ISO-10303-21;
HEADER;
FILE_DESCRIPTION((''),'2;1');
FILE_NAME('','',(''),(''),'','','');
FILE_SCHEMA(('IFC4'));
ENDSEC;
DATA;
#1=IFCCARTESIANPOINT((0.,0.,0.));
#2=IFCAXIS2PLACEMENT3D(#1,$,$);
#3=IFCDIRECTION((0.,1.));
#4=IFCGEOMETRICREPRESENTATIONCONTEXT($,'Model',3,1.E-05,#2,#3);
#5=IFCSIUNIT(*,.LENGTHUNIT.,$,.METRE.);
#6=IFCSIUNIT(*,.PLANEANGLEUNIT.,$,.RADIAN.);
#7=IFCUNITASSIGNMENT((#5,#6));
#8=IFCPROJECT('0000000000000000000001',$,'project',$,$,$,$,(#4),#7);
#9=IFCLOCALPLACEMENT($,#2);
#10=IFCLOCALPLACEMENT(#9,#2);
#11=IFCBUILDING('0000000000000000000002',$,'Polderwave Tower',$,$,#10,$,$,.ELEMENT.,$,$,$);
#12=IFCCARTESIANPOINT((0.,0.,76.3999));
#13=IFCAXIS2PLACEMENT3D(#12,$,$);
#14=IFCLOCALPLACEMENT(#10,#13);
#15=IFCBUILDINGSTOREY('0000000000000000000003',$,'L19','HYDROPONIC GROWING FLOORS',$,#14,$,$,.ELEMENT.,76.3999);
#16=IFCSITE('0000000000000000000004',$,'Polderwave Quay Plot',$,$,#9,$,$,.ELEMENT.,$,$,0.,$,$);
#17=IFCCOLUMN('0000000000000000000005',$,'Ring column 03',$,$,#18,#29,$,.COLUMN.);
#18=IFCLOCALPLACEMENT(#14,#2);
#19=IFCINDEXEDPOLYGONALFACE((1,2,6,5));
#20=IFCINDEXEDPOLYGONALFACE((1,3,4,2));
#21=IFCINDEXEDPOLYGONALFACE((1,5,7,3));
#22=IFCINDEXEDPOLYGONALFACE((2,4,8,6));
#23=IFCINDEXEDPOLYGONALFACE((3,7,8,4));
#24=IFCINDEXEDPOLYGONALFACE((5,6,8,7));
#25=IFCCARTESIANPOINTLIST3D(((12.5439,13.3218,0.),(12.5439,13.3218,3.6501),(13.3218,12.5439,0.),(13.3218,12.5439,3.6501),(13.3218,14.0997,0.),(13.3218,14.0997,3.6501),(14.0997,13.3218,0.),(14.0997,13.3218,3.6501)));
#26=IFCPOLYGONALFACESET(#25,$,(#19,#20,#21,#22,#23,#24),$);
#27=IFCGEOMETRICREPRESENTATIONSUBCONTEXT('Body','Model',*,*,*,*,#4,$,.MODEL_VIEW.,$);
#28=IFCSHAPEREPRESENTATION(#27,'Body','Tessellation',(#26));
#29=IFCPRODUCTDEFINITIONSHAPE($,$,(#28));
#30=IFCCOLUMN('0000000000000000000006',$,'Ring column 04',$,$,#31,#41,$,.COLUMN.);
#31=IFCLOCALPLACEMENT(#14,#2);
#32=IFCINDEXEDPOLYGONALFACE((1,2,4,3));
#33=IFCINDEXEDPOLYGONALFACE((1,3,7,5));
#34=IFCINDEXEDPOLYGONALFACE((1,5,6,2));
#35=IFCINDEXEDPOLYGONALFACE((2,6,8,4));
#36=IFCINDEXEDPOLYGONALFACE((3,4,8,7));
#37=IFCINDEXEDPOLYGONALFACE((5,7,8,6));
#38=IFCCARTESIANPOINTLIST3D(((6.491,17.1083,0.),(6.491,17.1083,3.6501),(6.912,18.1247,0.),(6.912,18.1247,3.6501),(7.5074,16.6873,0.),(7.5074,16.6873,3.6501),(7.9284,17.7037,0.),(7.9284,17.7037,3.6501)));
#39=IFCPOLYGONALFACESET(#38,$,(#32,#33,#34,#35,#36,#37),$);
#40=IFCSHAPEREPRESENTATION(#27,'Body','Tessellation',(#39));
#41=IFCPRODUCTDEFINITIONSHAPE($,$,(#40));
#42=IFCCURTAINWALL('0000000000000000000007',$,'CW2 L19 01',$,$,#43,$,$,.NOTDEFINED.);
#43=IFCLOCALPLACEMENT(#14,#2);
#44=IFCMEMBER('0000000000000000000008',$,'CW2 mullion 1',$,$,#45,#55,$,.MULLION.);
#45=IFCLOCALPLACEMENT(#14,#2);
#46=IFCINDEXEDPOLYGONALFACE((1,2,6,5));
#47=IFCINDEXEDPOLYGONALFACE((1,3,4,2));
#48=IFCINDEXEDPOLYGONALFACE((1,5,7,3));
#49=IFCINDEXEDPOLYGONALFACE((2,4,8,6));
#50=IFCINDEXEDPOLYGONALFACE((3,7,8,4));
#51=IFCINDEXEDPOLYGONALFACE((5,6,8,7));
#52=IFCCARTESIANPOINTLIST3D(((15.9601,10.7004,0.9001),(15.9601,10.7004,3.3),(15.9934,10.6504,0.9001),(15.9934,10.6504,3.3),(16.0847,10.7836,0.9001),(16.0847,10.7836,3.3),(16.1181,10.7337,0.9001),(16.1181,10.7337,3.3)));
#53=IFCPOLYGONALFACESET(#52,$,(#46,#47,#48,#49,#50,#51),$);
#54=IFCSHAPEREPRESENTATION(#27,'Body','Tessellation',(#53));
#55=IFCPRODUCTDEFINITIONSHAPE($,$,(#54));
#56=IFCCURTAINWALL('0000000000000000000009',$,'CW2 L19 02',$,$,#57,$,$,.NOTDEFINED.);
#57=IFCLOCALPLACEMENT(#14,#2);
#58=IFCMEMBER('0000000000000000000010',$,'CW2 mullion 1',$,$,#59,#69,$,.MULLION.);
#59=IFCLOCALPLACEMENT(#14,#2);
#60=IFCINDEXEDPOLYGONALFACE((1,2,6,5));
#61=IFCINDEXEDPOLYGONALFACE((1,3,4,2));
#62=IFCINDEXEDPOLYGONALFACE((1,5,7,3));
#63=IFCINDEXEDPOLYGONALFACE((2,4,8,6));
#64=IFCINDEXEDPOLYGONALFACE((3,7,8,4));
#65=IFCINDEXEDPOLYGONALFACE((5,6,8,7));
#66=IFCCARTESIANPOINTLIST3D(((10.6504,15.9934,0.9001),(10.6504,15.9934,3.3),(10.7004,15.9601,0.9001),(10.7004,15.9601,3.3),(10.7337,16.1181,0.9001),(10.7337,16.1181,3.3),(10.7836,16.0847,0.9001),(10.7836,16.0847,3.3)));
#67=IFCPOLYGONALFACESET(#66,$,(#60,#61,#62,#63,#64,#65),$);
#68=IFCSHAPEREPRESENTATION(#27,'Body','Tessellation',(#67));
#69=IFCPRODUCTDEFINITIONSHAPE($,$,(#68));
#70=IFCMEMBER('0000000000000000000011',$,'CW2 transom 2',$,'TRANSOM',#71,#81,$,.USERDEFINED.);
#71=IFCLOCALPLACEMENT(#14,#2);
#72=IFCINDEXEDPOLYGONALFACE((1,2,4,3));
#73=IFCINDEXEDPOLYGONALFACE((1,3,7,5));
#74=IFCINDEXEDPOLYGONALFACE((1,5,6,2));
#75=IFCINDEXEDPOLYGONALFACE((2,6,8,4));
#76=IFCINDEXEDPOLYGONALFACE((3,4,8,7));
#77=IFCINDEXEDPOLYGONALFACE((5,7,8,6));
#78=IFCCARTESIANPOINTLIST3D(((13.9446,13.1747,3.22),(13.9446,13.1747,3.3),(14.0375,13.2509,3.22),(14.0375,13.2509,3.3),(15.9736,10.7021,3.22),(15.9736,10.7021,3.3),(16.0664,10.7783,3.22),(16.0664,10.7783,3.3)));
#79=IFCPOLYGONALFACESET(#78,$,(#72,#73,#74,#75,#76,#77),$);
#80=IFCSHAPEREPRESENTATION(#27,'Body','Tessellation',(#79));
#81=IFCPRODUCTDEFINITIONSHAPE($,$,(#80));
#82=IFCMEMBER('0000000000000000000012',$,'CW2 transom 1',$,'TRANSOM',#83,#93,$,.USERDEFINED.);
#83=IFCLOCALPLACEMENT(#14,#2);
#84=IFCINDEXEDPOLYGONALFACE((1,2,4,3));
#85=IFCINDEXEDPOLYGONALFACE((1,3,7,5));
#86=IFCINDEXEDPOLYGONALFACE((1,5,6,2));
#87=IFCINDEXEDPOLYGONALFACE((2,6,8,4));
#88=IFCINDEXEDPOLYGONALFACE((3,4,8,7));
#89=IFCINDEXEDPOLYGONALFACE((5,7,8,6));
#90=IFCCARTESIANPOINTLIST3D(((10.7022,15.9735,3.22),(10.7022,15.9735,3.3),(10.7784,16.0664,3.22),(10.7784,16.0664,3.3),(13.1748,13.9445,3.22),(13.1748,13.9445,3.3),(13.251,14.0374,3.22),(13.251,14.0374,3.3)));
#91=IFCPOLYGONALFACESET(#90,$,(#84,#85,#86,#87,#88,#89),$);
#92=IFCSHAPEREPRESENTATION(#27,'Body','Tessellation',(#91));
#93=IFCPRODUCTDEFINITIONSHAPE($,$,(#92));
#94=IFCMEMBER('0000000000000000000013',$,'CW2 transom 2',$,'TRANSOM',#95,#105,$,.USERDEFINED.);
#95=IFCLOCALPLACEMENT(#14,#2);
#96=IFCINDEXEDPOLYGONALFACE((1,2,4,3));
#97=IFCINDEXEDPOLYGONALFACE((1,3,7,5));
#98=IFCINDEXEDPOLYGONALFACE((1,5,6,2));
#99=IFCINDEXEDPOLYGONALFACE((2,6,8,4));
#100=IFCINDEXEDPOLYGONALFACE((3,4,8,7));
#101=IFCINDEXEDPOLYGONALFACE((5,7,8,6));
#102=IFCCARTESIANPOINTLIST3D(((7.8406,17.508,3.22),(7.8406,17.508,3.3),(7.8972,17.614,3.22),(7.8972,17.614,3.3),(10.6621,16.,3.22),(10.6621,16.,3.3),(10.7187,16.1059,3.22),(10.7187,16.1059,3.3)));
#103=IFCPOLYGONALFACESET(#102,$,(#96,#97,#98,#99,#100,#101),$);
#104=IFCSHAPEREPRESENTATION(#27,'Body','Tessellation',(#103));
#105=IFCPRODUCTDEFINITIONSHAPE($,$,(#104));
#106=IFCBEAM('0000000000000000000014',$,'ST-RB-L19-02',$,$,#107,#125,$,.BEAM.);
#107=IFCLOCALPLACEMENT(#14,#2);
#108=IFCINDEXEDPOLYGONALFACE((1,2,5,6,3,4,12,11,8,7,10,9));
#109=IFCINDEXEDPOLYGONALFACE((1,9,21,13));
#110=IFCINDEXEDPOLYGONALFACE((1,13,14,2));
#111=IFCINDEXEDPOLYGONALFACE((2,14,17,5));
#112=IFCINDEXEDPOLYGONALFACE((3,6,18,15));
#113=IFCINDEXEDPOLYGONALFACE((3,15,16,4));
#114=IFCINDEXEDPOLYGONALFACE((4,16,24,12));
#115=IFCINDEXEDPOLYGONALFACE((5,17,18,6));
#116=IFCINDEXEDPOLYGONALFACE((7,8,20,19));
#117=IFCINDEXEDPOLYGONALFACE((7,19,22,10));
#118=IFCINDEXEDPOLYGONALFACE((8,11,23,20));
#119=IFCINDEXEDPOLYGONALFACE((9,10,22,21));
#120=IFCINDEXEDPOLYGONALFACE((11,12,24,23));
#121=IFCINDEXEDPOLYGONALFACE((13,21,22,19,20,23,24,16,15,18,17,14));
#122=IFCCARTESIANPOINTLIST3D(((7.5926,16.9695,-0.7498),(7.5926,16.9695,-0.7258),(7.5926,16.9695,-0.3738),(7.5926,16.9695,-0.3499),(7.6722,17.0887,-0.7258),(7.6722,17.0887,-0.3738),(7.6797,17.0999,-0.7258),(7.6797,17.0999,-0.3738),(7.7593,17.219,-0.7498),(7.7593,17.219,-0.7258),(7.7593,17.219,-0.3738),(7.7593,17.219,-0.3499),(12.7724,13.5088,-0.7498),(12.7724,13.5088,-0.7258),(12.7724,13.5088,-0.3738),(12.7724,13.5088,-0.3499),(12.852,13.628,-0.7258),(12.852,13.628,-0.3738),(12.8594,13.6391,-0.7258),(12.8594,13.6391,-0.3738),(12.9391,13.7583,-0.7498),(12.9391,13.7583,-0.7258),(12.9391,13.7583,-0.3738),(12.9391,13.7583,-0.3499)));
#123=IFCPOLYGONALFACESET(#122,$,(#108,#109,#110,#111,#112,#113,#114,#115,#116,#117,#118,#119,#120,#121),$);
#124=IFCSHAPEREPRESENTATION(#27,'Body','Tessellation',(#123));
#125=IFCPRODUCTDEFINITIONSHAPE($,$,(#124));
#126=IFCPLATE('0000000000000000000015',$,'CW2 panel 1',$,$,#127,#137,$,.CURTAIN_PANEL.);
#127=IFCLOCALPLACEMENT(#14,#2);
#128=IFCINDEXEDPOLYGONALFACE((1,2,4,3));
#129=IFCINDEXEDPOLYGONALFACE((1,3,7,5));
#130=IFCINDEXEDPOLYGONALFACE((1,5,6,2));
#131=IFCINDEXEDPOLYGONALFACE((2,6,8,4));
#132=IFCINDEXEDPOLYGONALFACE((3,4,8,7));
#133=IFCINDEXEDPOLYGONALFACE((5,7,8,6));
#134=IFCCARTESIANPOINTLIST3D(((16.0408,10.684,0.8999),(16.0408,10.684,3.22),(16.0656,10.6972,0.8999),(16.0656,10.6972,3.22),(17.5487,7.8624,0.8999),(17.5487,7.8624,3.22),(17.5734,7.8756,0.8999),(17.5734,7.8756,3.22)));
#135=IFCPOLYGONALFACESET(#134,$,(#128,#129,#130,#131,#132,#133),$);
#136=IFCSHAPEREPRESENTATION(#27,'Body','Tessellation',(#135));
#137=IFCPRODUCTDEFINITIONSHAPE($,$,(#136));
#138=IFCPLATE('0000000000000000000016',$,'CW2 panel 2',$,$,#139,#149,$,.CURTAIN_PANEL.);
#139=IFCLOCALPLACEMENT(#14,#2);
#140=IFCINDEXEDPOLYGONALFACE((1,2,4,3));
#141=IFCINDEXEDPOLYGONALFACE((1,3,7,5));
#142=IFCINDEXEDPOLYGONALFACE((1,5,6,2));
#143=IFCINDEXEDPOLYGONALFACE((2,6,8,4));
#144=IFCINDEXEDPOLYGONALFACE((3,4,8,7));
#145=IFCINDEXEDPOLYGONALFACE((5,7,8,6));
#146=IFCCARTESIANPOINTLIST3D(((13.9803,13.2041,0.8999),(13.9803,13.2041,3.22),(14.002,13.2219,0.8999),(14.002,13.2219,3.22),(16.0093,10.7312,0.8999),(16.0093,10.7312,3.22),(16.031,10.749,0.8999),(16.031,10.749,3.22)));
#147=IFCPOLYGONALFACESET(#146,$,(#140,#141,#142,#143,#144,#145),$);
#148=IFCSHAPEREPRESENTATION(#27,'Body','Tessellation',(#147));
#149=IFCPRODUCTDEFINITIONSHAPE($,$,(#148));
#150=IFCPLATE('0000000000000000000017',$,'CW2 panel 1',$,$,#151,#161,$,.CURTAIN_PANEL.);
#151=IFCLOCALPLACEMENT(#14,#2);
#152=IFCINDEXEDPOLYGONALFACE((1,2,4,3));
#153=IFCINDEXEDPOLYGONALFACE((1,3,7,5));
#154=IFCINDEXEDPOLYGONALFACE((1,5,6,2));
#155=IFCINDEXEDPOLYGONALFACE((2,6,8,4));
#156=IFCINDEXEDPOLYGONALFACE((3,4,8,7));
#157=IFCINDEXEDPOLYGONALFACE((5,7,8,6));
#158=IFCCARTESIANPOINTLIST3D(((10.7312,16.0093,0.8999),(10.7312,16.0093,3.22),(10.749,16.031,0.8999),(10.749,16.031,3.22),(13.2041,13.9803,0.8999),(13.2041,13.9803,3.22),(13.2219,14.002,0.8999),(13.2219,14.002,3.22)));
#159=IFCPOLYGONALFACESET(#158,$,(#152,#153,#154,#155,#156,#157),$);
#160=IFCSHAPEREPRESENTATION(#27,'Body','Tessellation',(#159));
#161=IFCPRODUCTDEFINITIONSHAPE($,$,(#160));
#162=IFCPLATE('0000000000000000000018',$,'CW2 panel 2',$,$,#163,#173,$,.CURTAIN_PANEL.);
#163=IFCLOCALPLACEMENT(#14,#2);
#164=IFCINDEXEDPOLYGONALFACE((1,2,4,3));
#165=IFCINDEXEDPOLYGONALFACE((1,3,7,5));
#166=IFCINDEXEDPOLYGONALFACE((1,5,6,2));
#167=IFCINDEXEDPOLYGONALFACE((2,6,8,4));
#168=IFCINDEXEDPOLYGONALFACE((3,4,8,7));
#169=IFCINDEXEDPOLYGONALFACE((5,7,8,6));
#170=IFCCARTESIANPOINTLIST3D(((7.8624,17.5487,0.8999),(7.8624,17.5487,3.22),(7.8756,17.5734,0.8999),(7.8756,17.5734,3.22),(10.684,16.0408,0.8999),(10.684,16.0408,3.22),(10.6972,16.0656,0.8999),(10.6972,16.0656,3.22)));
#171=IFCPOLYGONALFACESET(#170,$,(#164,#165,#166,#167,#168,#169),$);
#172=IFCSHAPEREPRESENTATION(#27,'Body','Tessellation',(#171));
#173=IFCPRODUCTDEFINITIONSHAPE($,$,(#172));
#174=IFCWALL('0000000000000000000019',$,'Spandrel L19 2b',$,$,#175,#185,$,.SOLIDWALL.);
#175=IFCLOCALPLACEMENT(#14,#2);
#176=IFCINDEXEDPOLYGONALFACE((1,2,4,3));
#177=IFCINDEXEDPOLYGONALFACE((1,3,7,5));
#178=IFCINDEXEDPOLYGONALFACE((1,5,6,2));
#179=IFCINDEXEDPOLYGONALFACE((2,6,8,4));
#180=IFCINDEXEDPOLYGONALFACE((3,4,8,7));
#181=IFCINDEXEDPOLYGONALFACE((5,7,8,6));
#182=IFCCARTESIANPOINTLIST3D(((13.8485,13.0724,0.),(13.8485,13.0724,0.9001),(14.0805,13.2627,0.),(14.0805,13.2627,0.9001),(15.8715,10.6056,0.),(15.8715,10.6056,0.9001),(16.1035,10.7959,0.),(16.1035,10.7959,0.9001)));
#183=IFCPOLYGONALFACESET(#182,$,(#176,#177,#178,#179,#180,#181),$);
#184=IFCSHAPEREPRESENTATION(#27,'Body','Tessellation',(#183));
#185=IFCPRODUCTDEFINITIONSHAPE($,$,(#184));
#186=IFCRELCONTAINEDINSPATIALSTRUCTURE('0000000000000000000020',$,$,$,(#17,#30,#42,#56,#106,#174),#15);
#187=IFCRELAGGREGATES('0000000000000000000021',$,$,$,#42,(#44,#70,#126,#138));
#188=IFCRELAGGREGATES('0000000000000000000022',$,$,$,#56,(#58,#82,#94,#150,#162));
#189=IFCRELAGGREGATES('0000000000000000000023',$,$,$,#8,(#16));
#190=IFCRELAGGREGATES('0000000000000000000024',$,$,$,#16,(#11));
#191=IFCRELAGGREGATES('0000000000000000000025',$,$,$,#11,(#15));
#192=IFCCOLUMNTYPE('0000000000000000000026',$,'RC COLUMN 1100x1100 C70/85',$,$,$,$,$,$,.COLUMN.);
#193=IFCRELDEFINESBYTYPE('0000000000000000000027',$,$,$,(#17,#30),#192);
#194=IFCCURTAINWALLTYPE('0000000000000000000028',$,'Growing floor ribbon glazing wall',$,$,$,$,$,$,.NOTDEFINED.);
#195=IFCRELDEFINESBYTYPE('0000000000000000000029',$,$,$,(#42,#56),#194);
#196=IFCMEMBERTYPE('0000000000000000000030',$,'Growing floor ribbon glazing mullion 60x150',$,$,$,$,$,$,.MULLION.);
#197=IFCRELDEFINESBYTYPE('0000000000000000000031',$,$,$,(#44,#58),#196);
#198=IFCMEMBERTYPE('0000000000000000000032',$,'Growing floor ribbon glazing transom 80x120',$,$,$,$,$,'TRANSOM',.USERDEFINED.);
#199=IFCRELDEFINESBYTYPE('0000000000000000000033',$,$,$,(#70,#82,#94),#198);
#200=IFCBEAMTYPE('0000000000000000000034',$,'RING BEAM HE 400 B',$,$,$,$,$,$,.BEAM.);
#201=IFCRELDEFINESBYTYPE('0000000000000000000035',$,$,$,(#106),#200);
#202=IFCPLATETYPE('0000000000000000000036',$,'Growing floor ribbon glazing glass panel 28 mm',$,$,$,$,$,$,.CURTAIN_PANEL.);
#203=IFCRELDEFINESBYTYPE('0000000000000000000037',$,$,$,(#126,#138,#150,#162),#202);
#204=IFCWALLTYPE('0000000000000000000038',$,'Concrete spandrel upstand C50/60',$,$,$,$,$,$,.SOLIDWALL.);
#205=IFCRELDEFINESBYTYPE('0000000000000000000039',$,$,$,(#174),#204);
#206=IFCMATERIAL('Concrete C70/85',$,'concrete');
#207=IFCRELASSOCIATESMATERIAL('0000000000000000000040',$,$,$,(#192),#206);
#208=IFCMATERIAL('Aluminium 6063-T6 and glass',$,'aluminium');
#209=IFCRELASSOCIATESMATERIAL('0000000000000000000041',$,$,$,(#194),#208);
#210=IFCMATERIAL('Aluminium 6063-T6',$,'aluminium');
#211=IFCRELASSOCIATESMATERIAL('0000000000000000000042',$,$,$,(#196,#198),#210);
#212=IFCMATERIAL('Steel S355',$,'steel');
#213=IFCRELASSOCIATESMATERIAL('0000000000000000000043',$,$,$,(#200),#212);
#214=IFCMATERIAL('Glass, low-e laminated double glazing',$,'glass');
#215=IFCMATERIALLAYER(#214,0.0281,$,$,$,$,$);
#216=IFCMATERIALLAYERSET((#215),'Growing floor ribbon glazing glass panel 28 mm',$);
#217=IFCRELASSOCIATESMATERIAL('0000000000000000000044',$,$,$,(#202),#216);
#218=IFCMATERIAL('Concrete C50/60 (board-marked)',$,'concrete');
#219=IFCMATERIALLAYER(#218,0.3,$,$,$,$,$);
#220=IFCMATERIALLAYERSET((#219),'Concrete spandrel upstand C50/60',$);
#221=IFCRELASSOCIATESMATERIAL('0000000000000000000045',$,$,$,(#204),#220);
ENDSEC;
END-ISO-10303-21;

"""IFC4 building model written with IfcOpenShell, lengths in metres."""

from ifc_helpers import new_model, si_unit, direction, frame, frame_2d, origin, origin_2d, place, context, subcontext, project, spatial, rectangle, i_section, extrude, material, layer, layer_set, material_profile, profile_set, type_object, element, aggregate, save


model = new_model("IFC4")

# Units and contexts
model_context = context("Model", 3, precision=1e-05, world=origin(), true_north=direction((0.0, 1.0)))
body_context = subcontext(model_context, "Body", "Model", "MODEL_VIEW")
ifc_project = project(units=[si_unit("LENGTHUNIT", "METRE"), si_unit("PLANEANGLEUNIT", "RADIAN")], contexts=[model_context])

# Site, building, storey
site_placement = place(None, origin())
site = spatial("IfcSite", under=ifc_project, at=site_placement, Name="Polderwave Quay Plot", CompositionType="ELEMENT", RefElevation=0.0)
building_placement = place(site_placement, origin())
building = spatial("IfcBuilding", under=site, at=building_placement, Name="Polderwave Tower", CompositionType="ELEMENT")
storey_placement = place(building_placement, frame((0.0, 0.0, 76.3999)))
storey = spatial("IfcBuildingStorey", under=building, at=storey_placement, Name="L19", Description="HYDROPONIC GROWING FLOORS", CompositionType="ELEMENT", Elevation=76.3999)

# Columns
ifc_material_1 = material(Name="Concrete C70/85", Category="concrete")
ifc_material_profile_1 = material_profile(ifc_material_1, rectangle(XDim=1.1001, YDim=1.1001, at=origin_2d()), Name="RC 1100x1100")
ifc_profile_set_1 = profile_set([ifc_material_profile_1], Name="Concrete C70/85")
column_type = type_object("IfcColumnType", Name="RC COLUMN 1100x1100 C70/85", PredefinedType="COLUMN", material=ifc_profile_set_1)
for number, where, z_axis, x_axis, name in (
    (1, (13.3218, 13.3218, 0.0), (0.0, 0.0, 1.0), (0.707107, 0.707107, 0.0), "Ring column 03"),
    (2, (7.2097, 17.406, 0.0), (0.0, 0.0, 1.0), (0.382683, 0.92388, 0.0), "Ring column 04"),
):
    element("IfcColumn", number, at=place(storey_placement, frame(where, z_axis=z_axis, x_axis=x_axis)), inside=storey, type_object=column_type, Name=name, PredefinedType="COLUMN", context=body_context, shape_type="SweptSolid", body=[
        extrude(rectangle(XDim=1.1001, YDim=1.1001, at=origin_2d()), origin(), (0.0, 0.0, 1.0), 3.6501),
    ])

# Curtain walls, members
ifc_material_2 = material(Name="Aluminium 6063-T6 and glass", Category="aluminium")
curtain_wall_type = type_object("IfcCurtainWallType", Name="Growing floor ribbon glazing wall", PredefinedType="NOTDEFINED", material=ifc_material_2)
curtain_wall_1_placement = place(storey_placement, origin())
curtain_wall_1 = element("IfcCurtainWall", 3, at=curtain_wall_1_placement, inside=storey, type_object=curtain_wall_type, Name="CW2 L19 01", PredefinedType="NOTDEFINED")
ifc_material_3 = material(Name="Aluminium 6063-T6", Category="aluminium")
ifc_material_profile_2 = material_profile(ifc_material_3, rectangle(XDim=0.1499, YDim=0.0601, at=origin_2d()), Name="AL 60x150")
ifc_profile_set_2 = profile_set([ifc_material_profile_2], Name="Aluminium 6063-T6")
member_type_1 = type_object("IfcMemberType", Name="Growing floor ribbon glazing mullion 60x150", PredefinedType="MULLION", material=ifc_profile_set_2)
member_1_placement = place(storey_placement, frame((16.0391, 10.717, 0.9001), z_axis=(0.0, 0.0, 1.0), x_axis=(-0.831519, -0.555496, 0.0)))
member_1 = element("IfcMember", 4, at=member_1_placement, type_object=member_type_1, Name="CW2 mullion 1", PredefinedType="MULLION", context=body_context, shape_type="SweptSolid", body=[
    extrude(rectangle(XDim=0.1499, YDim=0.0601, at=origin_2d()), origin(), (0.0, 0.0, 1.0), 2.3999),
])
curtain_wall_2_placement = place(storey_placement, origin())
curtain_wall_2 = element("IfcCurtainWall", 5, at=curtain_wall_2_placement, inside=storey, type_object=curtain_wall_type, Name="CW2 L19 02", PredefinedType="NOTDEFINED")
member_2_placement = place(storey_placement, frame((10.717, 16.0391, 0.9001), z_axis=(0.0, 0.0, 1.0), x_axis=(-0.555496, -0.831519, 0.0)))
member_2 = element("IfcMember", 6, at=member_2_placement, type_object=member_type_1, Name="CW2 mullion 1", PredefinedType="MULLION", context=body_context, shape_type="SweptSolid", body=[
    extrude(rectangle(XDim=0.1499, YDim=0.0601, at=origin_2d()), origin(), (0.0, 0.0, 1.0), 2.3999),
])

# Members
ifc_material_profile_3 = material_profile(ifc_material_3, rectangle(XDim=0.1201, YDim=0.0801, at=origin_2d()), Name="AL 80x120")
ifc_profile_set_3 = profile_set([ifc_material_profile_3], Name="Aluminium 6063-T6")
member_type_2 = type_object("IfcMemberType", Name="Growing floor ribbon glazing transom 80x120", ElementType="TRANSOM", PredefinedType="USERDEFINED", material=ifc_profile_set_3)
member_3_placement = place(storey_placement, frame((16.02, 10.7402, 3.26), z_axis=(-0.634355, 0.773042, 0.0), x_axis=(-0.773042, -0.634355, 0.0)))
member_3 = element("IfcMember", 7, at=member_3_placement, type_object=member_type_2, Name="CW2 transom 2", ObjectType="TRANSOM", PredefinedType="USERDEFINED", context=body_context, shape_type="SweptSolid", body=[
    extrude(rectangle(XDim=0.1201, YDim=0.0801, at=origin_2d()), origin(), (0.0, 0.0, 1.0), 3.1985),
])
member_4_placement = place(storey_placement, frame((13.2129, 13.991, 3.26), z_axis=(-0.773042, 0.634355, 0.0), x_axis=(-0.634355, -0.773042, 0.0)))
member_4 = element("IfcMember", 8, at=member_4_placement, type_object=member_type_2, Name="CW2 transom 1", ObjectType="TRANSOM", PredefinedType="USERDEFINED", context=body_context, shape_type="SweptSolid", body=[
    extrude(rectangle(XDim=0.1201, YDim=0.0801, at=origin_2d()), origin(), (0.0, 0.0, 1.0), 3.1985),
])
member_5_placement = place(storey_placement, frame((10.6904, 16.053, 3.26), z_axis=(-0.881932, 0.471376, 0.0), x_axis=(-0.471376, -0.881932, 0.0)))
member_5 = element("IfcMember", 9, at=member_5_placement, type_object=member_type_2, Name="CW2 transom 2", ObjectType="TRANSOM", PredefinedType="USERDEFINED", context=body_context, shape_type="SweptSolid", body=[
    extrude(rectangle(XDim=0.1201, YDim=0.0801, at=origin_2d()), origin(), (0.0, 0.0, 1.0), 3.1992),
])

# Beam
ifc_material_4 = material(Name="Steel S355", Category="steel")
ifc_material_profile_4 = material_profile(ifc_material_4, i_section(OverallWidth=0.3, OverallDepth=0.3999, WebThickness=0.0134, FlangeThickness=0.0239, at=origin_2d()), Name="HE 400 B")
ifc_profile_set_4 = profile_set([ifc_material_profile_4], Name="Steel S355")
beam_type = type_object("IfcBeamType", Name="RING BEAM HE 400 B", PredefinedType="BEAM", material=ifc_profile_set_4)
beam_placement = place(storey_placement, frame((12.8557, 13.6335, -0.5498), z_axis=(-0.831489, 0.555541, 0.0), x_axis=(-0.555541, -0.831489, 0.0)))
element("IfcBeam", 10, at=beam_placement, inside=storey, type_object=beam_type, Name="ST-RB-L19-02", PredefinedType="BEAM", context=body_context, shape_type="SweptSolid", body=[
    extrude(i_section(OverallWidth=0.3, OverallDepth=0.3999, WebThickness=0.0134, FlangeThickness=0.0239, at=origin_2d()), origin(), (0.0, 0.0, 1.0), 6.2295),
])

# Plates
ifc_material_5 = material(Name="Glass, low-e laminated double glazing", Category="glass")
ifc_layer_1 = layer(ifc_material_5, 0.0281)
ifc_layer_set_1 = layer_set([ifc_layer_1], Name="Growing floor ribbon glazing glass panel 28 mm")
plate_type = type_object("IfcPlateType", Name="Growing floor ribbon glazing glass panel 28 mm", PredefinedType="CURTAIN_PANEL", material=ifc_layer_set_1)
plate_1_placement = place(storey_placement, frame((16.8071, 9.2798, 0.8999), z_axis=(0.0, 0.0, 1.0), x_axis=(-0.471327, 0.881958, 0.0)))
plate_1 = element("IfcPlate", 11, at=plate_1_placement, type_object=plate_type, Name="CW2 panel 1", PredefinedType="CURTAIN_PANEL", context=body_context, shape_type="SweptSolid", body=[
    extrude(rectangle(XDim=3.1992, YDim=0.0281, at=origin_2d()), origin(), (0.0, 0.0, 1.0), 2.3201),
])
plate_2_placement = place(storey_placement, frame((15.0056, 11.9766, 0.8999), z_axis=(0.0, 0.0, 1.0), x_axis=(-0.634316, 0.773074, 0.0)))
plate_2 = element("IfcPlate", 12, at=plate_2_placement, type_object=plate_type, Name="CW2 panel 2", PredefinedType="CURTAIN_PANEL", context=body_context, shape_type="SweptSolid", body=[
    extrude(rectangle(XDim=3.1987, YDim=0.0281, at=origin_2d()), origin(), (0.0, 0.0, 1.0), 2.3201),
])
aggregate(curtain_wall_1, [member_1, member_3, plate_1, plate_2])
plate_3_placement = place(storey_placement, frame((11.9766, 15.0056, 0.8999), z_axis=(0.0, 0.0, 1.0), x_axis=(-0.773074, 0.634316, 0.0)))
plate_3 = element("IfcPlate", 13, at=plate_3_placement, type_object=plate_type, Name="CW2 panel 1", PredefinedType="CURTAIN_PANEL", context=body_context, shape_type="SweptSolid", body=[
    extrude(rectangle(XDim=3.1987, YDim=0.0281, at=origin_2d()), origin(), (0.0, 0.0, 1.0), 2.3201),
])
plate_4_placement = place(storey_placement, frame((9.2798, 16.8071, 0.8999), z_axis=(0.0, 0.0, 1.0), x_axis=(-0.881958, 0.471327, 0.0)))
plate_4 = element("IfcPlate", 14, at=plate_4_placement, type_object=plate_type, Name="CW2 panel 2", PredefinedType="CURTAIN_PANEL", context=body_context, shape_type="SweptSolid", body=[
    extrude(rectangle(XDim=3.1992, YDim=0.0281, at=origin_2d()), origin(), (0.0, 0.0, 1.0), 2.3201),
])
aggregate(curtain_wall_2, [member_2, member_4, member_5, plate_3, plate_4])

# Wall
ifc_material_6 = material(Name="Concrete C50/60 (board-marked)", Category="concrete")
ifc_layer_2 = layer(ifc_material_6, 0.3)
ifc_layer_set_2 = layer_set([ifc_layer_2], Name="Concrete spandrel upstand C50/60")
wall_type_1 = type_object("IfcWallType", Name="Concrete spandrel upstand C50/60", PredefinedType="SOLIDWALL", material=ifc_layer_set_2)
for number, where, z_axis, x_axis, name in (
    (15, (15.9875, 10.7007, 0.0), (0.0, 0.0, 1.0), (-0.634113, 0.773241, 0.0), "Spandrel L19 2b"),
):
    element("IfcWall", number, at=place(storey_placement, frame(where, z_axis=z_axis, x_axis=x_axis)), inside=storey, type_object=wall_type_1, Name=name, PredefinedType="SOLIDWALL", context=body_context, shape_type="SweptSolid", body=[
        extrude(rectangle(XDim=3.1902, YDim=0.3, at=frame_2d((1.5952, 0.0))), origin(), (0.0, 0.0, 1.0), 0.9001),
    ])

save(model, "model.ifc")
